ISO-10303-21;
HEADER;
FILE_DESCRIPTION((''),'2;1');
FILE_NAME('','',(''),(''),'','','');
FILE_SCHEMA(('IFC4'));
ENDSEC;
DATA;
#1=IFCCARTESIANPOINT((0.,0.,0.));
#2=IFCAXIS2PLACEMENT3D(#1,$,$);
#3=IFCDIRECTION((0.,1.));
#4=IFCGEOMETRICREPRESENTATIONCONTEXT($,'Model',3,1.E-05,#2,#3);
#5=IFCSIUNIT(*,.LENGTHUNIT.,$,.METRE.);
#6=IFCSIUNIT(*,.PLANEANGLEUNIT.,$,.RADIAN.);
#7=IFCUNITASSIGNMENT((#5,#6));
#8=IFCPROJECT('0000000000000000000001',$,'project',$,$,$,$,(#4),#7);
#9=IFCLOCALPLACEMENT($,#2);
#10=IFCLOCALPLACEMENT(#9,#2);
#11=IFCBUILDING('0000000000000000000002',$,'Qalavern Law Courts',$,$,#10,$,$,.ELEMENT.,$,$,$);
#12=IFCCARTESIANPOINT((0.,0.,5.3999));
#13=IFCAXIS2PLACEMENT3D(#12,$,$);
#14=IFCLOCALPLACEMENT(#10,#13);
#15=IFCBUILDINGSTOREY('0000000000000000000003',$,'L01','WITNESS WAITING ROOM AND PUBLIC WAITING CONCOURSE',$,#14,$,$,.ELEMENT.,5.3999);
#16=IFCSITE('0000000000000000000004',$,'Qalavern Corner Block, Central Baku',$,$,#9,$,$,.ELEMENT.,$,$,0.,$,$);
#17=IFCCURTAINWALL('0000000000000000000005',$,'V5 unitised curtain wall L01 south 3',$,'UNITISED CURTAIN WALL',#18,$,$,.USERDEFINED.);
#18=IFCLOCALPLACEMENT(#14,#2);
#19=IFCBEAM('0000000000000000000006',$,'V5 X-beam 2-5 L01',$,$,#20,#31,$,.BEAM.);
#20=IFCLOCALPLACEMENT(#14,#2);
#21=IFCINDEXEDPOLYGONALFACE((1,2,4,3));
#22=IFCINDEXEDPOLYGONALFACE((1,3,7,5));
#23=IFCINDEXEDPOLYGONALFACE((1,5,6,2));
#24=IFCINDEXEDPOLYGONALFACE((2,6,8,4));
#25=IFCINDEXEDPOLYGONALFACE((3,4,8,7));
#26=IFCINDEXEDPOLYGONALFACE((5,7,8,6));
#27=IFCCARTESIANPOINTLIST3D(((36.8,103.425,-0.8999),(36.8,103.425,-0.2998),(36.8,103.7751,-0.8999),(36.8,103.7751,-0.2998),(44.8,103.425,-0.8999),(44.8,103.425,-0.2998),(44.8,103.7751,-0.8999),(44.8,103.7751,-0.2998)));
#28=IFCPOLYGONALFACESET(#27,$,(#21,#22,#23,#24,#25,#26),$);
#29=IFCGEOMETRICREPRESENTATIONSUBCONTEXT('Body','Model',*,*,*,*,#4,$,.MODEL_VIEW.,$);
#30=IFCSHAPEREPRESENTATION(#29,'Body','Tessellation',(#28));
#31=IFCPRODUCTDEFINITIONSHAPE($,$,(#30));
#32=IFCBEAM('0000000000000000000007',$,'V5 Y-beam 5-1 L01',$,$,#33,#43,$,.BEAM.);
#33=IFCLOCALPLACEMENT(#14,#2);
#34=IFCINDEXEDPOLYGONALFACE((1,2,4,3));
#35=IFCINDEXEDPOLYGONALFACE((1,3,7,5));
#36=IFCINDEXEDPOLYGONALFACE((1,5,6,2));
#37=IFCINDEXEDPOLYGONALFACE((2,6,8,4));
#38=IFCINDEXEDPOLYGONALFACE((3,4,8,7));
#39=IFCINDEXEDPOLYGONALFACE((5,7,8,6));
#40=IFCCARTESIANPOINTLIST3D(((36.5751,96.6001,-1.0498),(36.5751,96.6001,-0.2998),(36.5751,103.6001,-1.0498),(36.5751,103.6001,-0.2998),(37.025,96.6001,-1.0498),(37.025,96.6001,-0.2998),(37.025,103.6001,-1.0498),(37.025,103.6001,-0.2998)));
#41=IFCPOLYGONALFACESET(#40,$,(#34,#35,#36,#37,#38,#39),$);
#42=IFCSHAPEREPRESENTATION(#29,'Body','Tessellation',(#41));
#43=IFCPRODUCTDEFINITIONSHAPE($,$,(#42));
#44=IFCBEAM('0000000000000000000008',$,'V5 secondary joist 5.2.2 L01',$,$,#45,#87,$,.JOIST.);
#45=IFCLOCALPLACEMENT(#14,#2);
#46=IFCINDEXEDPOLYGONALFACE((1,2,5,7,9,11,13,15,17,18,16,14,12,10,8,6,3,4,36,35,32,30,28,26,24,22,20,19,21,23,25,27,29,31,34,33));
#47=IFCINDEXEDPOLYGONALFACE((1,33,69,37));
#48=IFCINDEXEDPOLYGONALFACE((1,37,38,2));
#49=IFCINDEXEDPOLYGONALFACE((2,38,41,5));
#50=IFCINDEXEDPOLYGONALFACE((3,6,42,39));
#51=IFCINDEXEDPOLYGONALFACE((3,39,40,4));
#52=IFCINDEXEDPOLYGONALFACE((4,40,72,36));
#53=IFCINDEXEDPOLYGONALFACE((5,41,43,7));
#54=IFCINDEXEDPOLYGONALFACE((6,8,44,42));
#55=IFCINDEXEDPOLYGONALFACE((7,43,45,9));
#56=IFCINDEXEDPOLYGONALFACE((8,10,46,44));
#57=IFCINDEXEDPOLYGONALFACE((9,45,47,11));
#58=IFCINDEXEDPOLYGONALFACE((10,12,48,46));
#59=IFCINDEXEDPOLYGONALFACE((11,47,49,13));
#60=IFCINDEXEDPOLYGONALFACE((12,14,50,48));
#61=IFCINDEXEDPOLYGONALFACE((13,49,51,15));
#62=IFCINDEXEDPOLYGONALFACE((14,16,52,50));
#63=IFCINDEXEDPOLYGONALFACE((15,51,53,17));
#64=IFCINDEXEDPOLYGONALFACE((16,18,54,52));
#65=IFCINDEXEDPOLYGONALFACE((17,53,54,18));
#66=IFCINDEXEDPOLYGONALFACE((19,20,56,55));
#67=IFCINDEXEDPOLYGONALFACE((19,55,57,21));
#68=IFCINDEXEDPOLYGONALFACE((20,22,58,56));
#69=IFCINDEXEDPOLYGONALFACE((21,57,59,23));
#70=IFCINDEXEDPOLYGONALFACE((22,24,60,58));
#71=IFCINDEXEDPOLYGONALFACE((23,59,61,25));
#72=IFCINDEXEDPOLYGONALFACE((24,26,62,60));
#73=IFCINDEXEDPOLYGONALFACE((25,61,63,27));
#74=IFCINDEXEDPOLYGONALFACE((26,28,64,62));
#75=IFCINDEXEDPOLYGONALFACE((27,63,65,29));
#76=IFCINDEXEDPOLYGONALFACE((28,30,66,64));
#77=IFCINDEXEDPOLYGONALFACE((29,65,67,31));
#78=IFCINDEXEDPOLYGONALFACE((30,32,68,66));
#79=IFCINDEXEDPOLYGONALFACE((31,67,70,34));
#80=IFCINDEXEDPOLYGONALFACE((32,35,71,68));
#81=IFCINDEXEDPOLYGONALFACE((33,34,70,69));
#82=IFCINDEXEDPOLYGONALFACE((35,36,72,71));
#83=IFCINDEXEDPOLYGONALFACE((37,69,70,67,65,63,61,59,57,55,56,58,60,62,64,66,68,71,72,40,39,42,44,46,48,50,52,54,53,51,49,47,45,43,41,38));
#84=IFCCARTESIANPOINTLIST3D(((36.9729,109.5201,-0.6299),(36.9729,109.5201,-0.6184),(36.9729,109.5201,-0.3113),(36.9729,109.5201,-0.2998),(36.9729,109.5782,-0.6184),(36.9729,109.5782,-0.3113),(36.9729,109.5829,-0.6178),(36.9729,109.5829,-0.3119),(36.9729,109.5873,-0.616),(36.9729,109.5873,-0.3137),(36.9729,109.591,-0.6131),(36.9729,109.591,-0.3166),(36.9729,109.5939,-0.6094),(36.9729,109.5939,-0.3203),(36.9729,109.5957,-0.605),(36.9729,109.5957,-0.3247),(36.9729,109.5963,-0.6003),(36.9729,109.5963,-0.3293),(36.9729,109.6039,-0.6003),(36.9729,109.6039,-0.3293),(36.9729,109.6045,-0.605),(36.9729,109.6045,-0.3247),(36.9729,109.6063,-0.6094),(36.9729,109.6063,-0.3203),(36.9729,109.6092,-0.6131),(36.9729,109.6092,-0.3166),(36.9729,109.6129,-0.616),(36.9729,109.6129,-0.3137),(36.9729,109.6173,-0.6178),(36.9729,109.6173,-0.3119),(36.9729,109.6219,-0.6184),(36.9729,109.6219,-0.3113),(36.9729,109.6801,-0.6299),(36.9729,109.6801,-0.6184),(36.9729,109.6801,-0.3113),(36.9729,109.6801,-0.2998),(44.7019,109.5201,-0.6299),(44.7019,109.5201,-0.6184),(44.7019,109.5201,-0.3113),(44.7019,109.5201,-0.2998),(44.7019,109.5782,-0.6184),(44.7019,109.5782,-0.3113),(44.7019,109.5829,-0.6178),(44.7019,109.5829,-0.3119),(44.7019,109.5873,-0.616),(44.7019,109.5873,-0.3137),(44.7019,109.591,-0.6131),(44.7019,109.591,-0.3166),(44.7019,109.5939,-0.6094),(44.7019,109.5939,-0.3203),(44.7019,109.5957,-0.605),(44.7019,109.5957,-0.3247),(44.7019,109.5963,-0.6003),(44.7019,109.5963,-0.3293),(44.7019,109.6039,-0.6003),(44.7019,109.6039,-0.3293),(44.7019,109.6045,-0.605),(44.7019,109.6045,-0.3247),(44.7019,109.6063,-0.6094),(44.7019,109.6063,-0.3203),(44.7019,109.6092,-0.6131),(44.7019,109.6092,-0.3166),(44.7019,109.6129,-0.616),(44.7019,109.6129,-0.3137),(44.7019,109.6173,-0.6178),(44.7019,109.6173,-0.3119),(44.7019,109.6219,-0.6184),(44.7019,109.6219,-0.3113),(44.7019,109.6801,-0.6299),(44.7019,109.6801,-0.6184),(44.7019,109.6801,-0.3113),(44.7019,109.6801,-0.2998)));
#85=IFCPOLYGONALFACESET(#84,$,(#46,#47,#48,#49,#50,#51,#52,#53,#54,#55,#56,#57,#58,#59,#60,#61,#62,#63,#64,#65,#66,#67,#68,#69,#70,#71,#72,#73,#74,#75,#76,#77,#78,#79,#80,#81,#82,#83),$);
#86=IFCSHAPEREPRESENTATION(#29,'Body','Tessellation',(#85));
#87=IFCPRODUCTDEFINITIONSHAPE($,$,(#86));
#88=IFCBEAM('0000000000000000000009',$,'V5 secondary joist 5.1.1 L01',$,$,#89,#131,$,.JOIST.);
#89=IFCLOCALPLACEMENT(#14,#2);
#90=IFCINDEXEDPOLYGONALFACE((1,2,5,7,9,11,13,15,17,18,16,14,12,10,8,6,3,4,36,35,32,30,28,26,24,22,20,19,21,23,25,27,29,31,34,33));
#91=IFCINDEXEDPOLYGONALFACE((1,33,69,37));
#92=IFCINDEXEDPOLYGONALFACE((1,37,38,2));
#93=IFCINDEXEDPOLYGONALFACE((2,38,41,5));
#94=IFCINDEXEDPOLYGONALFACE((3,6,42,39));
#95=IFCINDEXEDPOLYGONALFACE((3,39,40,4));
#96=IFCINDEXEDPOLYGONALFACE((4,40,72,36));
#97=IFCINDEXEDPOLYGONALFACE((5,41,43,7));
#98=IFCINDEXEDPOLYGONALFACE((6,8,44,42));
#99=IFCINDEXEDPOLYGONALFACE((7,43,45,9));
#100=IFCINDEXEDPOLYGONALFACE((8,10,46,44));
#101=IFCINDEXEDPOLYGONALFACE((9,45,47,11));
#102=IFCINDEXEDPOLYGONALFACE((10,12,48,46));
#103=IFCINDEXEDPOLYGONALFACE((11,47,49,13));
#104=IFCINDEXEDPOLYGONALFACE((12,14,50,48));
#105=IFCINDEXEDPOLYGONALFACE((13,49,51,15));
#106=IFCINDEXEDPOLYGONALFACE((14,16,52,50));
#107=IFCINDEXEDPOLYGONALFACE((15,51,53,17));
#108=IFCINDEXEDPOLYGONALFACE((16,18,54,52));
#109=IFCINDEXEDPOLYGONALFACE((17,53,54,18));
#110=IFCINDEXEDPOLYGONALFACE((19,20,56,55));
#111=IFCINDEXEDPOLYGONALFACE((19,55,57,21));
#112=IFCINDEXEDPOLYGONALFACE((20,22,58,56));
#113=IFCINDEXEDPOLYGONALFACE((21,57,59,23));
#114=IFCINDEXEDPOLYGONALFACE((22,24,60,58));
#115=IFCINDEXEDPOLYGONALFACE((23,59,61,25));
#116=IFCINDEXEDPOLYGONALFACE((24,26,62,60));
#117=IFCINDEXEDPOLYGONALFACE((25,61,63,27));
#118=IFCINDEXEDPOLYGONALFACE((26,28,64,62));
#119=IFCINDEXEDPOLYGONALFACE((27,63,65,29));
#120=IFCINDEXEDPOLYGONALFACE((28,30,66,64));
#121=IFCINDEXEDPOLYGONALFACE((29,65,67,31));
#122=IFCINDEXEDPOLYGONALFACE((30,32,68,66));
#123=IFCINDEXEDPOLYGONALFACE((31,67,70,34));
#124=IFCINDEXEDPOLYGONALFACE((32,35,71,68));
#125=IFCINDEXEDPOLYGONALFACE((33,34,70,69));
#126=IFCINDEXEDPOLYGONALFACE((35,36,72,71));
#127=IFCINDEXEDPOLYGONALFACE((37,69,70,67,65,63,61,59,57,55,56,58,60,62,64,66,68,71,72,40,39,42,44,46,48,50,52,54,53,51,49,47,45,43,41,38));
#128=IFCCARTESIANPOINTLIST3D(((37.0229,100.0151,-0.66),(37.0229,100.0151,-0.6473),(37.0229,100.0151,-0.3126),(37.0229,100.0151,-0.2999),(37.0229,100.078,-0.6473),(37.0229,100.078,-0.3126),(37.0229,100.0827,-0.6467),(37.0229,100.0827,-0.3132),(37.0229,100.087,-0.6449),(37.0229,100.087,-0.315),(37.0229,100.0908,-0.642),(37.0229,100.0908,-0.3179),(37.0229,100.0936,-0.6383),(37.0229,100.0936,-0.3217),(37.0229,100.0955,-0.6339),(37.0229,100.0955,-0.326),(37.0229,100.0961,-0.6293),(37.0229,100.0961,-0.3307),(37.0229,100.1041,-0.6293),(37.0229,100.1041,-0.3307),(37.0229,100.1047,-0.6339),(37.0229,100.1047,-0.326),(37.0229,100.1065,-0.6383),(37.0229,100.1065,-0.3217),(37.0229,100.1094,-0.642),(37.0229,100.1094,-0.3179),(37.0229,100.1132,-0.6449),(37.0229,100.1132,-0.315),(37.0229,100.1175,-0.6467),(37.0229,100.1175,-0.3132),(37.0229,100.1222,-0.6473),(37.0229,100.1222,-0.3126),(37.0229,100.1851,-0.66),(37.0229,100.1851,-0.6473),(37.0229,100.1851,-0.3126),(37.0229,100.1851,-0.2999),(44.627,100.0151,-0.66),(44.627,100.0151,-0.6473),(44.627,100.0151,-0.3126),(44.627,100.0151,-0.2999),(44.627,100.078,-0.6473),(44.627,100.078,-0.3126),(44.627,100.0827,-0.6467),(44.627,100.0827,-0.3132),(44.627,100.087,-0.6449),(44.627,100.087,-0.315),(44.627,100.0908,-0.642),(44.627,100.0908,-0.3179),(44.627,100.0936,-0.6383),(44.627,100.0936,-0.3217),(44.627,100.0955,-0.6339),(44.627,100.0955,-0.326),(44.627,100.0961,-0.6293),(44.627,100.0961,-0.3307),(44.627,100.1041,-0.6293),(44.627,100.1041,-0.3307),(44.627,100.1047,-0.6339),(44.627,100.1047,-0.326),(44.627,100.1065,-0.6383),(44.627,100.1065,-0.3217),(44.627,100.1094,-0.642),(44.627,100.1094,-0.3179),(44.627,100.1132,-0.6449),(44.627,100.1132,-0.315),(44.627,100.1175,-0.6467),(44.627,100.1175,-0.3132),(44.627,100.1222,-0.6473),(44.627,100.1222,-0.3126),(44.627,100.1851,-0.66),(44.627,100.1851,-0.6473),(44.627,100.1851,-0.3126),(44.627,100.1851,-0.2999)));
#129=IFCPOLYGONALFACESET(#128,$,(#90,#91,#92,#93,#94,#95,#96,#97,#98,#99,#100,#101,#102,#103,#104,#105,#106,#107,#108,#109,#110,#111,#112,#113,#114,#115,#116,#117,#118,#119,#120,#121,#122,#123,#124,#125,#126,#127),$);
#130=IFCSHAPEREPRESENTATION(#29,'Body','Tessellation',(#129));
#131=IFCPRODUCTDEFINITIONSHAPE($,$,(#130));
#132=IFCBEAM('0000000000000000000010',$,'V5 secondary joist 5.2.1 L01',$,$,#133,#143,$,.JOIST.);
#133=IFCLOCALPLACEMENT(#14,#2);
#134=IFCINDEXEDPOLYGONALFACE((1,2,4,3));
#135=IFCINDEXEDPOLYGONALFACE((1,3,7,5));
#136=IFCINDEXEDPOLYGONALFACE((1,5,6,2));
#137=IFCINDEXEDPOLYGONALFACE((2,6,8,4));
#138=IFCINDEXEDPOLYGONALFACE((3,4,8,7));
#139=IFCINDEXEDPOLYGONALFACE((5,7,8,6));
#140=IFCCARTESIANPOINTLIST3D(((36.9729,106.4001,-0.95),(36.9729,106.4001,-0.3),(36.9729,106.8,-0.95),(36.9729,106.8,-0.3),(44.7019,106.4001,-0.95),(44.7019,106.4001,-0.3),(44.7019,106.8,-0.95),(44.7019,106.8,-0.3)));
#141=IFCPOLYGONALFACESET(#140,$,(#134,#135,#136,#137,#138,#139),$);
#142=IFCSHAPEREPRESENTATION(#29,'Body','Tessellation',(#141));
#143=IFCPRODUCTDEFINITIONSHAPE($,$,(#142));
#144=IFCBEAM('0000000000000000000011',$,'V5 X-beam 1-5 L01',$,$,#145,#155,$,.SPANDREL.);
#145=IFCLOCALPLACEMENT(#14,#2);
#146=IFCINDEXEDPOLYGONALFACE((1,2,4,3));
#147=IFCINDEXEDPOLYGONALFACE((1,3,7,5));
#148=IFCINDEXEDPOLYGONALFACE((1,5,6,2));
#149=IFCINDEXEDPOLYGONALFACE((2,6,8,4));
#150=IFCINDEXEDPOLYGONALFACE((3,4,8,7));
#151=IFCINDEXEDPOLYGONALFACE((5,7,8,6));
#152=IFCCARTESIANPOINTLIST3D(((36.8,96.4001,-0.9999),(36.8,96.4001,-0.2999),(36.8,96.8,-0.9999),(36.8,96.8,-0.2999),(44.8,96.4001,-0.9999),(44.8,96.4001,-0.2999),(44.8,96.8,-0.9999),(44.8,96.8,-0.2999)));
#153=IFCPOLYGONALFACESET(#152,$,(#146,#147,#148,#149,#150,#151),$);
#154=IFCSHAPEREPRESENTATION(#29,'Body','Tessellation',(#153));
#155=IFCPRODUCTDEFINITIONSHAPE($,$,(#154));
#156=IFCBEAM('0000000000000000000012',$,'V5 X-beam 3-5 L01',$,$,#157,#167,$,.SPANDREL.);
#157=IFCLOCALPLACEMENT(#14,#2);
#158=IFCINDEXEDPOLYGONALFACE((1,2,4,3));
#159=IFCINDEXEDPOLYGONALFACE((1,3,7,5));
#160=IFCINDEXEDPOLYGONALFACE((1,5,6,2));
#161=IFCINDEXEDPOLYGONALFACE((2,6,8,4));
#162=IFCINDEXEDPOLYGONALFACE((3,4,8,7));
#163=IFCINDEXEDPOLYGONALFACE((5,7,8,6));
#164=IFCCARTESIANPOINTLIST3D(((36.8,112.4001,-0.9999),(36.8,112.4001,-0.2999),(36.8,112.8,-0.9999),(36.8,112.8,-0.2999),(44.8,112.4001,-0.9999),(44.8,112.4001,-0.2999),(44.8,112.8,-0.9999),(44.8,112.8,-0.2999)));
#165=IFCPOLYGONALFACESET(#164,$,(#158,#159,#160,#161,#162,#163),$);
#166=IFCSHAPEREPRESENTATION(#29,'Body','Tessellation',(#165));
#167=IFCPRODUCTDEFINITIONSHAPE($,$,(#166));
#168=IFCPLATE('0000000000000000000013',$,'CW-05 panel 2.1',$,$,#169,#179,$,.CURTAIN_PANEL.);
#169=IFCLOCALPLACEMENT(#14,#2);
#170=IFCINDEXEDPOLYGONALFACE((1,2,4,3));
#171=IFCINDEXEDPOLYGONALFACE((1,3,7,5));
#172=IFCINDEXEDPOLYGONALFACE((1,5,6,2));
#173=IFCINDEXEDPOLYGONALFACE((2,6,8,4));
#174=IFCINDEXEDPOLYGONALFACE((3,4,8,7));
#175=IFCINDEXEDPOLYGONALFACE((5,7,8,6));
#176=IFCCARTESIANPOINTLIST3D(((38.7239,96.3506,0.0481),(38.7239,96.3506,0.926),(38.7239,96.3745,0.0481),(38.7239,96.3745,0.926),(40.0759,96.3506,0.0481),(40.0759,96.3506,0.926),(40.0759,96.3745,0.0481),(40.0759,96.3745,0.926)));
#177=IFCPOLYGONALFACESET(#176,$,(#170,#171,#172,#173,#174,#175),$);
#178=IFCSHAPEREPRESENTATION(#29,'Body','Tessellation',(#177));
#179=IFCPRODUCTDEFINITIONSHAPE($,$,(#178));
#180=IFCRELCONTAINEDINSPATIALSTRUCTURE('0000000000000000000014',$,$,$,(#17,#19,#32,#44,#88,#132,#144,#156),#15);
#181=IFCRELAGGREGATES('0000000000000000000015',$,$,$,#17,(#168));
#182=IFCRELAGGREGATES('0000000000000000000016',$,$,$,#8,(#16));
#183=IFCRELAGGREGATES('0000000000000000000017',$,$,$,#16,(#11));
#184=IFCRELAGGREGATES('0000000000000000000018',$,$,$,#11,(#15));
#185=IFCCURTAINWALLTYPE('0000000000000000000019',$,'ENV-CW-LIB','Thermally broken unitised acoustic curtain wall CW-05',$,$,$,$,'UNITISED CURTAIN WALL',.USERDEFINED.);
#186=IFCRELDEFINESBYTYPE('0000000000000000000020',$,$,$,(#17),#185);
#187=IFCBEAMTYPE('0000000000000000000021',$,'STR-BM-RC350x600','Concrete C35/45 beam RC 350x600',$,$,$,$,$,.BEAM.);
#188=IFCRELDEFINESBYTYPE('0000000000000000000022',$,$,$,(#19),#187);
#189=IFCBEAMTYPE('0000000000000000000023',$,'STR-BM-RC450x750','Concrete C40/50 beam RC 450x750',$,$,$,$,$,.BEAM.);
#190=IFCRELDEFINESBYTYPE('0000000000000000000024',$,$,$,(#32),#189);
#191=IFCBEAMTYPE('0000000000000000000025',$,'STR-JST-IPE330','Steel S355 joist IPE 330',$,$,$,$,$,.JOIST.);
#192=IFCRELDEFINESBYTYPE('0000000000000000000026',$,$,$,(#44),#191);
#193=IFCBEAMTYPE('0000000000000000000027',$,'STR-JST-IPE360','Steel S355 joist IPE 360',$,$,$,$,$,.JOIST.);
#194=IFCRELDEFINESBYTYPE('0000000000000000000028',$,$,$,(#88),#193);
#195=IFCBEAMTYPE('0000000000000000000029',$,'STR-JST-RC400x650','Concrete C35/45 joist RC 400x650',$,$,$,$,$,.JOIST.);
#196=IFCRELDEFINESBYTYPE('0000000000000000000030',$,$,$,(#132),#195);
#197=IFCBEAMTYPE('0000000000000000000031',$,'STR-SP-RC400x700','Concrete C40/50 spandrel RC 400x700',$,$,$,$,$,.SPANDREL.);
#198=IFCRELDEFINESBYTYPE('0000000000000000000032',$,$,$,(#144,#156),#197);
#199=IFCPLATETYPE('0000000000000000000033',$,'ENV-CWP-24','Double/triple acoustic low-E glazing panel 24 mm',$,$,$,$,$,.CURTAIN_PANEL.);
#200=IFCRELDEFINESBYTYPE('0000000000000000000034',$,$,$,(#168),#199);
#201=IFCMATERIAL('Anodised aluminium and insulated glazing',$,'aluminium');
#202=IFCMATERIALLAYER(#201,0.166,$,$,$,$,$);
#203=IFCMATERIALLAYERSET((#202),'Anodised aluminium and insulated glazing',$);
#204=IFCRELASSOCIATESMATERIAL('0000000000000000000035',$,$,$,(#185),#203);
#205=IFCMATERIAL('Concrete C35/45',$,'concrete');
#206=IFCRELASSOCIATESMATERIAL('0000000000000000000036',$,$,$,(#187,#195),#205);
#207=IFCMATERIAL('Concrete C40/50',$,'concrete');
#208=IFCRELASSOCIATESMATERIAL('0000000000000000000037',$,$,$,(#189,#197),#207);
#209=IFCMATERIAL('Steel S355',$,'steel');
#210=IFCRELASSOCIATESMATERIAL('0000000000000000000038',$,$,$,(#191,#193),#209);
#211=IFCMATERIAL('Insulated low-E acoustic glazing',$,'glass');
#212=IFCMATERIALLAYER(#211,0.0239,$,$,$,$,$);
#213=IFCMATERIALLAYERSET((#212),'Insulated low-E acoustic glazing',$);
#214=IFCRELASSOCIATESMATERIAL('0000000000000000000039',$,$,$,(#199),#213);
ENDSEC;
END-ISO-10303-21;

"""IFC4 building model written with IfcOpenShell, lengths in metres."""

from ifc_helpers import new_model, si_unit, direction, frame, origin, origin_2d, place, context, subcontext, project, spatial, rectangle, i_section, extrude, material, layer, layer_set, material_profile, profile_set, type_object, element, aggregate, save


model = new_model("IFC4")

# Units and contexts
model_context = context("Model", 3, precision=1e-05, world=origin(), true_north=direction((0.0, 1.0)))
body_context = subcontext(model_context, "Body", "Model", "MODEL_VIEW")
ifc_project = project(units=[si_unit("LENGTHUNIT", "METRE"), si_unit("PLANEANGLEUNIT", "RADIAN")], contexts=[model_context])

# Site, building, storey
site_placement = place(None, origin())
site = spatial("IfcSite", under=ifc_project, at=site_placement, Name="Qalavern Corner Block, Central Baku", CompositionType="ELEMENT", RefElevation=0.0)
building_placement = place(site_placement, origin())
building = spatial("IfcBuilding", under=site, at=building_placement, Name="Qalavern Law Courts", CompositionType="ELEMENT")
storey_placement = place(building_placement, frame((0.0, 0.0, 5.3999)))
storey = spatial("IfcBuildingStorey", under=building, at=storey_placement, Name="L01", Description="WITNESS WAITING ROOM AND PUBLIC WAITING CONCOURSE", CompositionType="ELEMENT", Elevation=5.3999)

# Curtain wall
ifc_material_1 = material(Name="Anodised aluminium and insulated glazing", Category="aluminium")
ifc_layer_1 = layer(ifc_material_1, 0.166)
ifc_layer_set_1 = layer_set([ifc_layer_1], Name="Anodised aluminium and insulated glazing")
curtain_wall_type = type_object("IfcCurtainWallType", Name="ENV-CW-LIB", Description="Thermally broken unitised acoustic curtain wall CW-05", ElementType="UNITISED CURTAIN WALL", PredefinedType="USERDEFINED", material=ifc_layer_set_1)
curtain_wall_1_placement = place(storey_placement, origin())
curtain_wall_1 = element("IfcCurtainWall", 1, at=curtain_wall_1_placement, inside=storey, type_object=curtain_wall_type, Name="V5 unitised curtain wall L01 south 3", ObjectType="UNITISED CURTAIN WALL", PredefinedType="USERDEFINED")

# Beams
ifc_material_2 = material(Name="Concrete C35/45", Category="concrete")
ifc_material_profile_1 = material_profile(ifc_material_2, rectangle(XDim=0.3501, YDim=0.6001, at=origin_2d()), Name="RC 350x600")
ifc_profile_set_1 = profile_set([ifc_material_profile_1], Name="Concrete C35/45")
beam_type_1 = type_object("IfcBeamType", Name="STR-BM-RC350x600", Description="Concrete C35/45 beam RC 350x600", PredefinedType="BEAM", material=ifc_profile_set_1)
beam_1_placement = place(storey_placement, frame((36.8, 103.6001, -0.5999), z_axis=(1.0, 0.0, 0.0), x_axis=(0.0, 1.0, 0.0)))
element("IfcBeam", 2, at=beam_1_placement, inside=storey, type_object=beam_type_1, Name="V5 X-beam 2-5 L01", PredefinedType="BEAM", context=body_context, shape_type="SweptSolid", body=[
    extrude(rectangle(XDim=0.3501, YDim=0.6001, at=origin_2d()), origin(), (0.0, 0.0, 1.0), 8.0),
])
ifc_material_3 = material(Name="Concrete C40/50", Category="concrete")
ifc_material_profile_2 = material_profile(ifc_material_3, rectangle(XDim=0.45, YDim=0.75, at=origin_2d()), Name="RC 450x750")
ifc_profile_set_2 = profile_set([ifc_material_profile_2], Name="Concrete C40/50")
beam_type_2 = type_object("IfcBeamType", Name="STR-BM-RC450x750", Description="Concrete C40/50 beam RC 450x750", PredefinedType="BEAM", material=ifc_profile_set_2)
beam_2_placement = place(storey_placement, frame((36.8, 96.6001, -0.6748), z_axis=(0.0, 1.0, 0.0), x_axis=(-1.0, 0.0, 0.0)))
element("IfcBeam", 3, at=beam_2_placement, inside=storey, type_object=beam_type_2, Name="V5 Y-beam 5-1 L01", PredefinedType="BEAM", context=body_context, shape_type="SweptSolid", body=[
    extrude(rectangle(XDim=0.45, YDim=0.75, at=origin_2d()), origin(), (0.0, 0.0, 1.0), 7.0),
])
ifc_material_4 = material(Name="Steel S355", Category="steel")
ifc_material_profile_3 = material_profile(ifc_material_4, i_section(OverallWidth=0.1599, OverallDepth=0.3301, WebThickness=0.0076, FlangeThickness=0.0115, FilletRadius=0.0181, at=origin_2d()), Name="IPE 330")
ifc_profile_set_3 = profile_set([ifc_material_profile_3], Name="Steel S355")
beam_type_3 = type_object("IfcBeamType", Name="STR-JST-IPE330", Description="Steel S355 joist IPE 330", PredefinedType="JOIST", material=ifc_profile_set_3)
beam_3_placement = place(storey_placement, frame((36.9729, 109.6001, -0.4648), z_axis=(1.0, 0.0, 0.0), x_axis=(0.0, 1.0, 0.0)))
element("IfcBeam", 4, at=beam_3_placement, inside=storey, type_object=beam_type_3, Name="V5 secondary joist 5.2.2 L01", PredefinedType="JOIST", context=body_context, shape_type="SweptSolid", body=[
    extrude(i_section(OverallWidth=0.1599, OverallDepth=0.3301, WebThickness=0.0076, FlangeThickness=0.0115, FilletRadius=0.0181, at=origin_2d()), origin(), (0.0, 0.0, 1.0), 7.729),
])
ifc_material_profile_4 = material_profile(ifc_material_4, i_section(OverallWidth=0.1699, OverallDepth=0.3601, WebThickness=0.0081, FlangeThickness=0.0127, FilletRadius=0.0181, at=origin_2d()), Name="IPE 360")
ifc_profile_set_4 = profile_set([ifc_material_profile_4], Name="Steel S355")
beam_type_4 = type_object("IfcBeamType", Name="STR-JST-IPE360", Description="Steel S355 joist IPE 360", PredefinedType="JOIST", material=ifc_profile_set_4)
beam_4_placement = place(storey_placement, frame((37.0229, 100.1001, -0.48), z_axis=(1.0, 0.0, 0.0), x_axis=(0.0, 1.0, 0.0)))
element("IfcBeam", 5, at=beam_4_placement, inside=storey, type_object=beam_type_4, Name="V5 secondary joist 5.1.1 L01", PredefinedType="JOIST", context=body_context, shape_type="SweptSolid", body=[
    extrude(i_section(OverallWidth=0.1699, OverallDepth=0.3601, WebThickness=0.0081, FlangeThickness=0.0127, FilletRadius=0.0181, at=origin_2d()), origin(), (0.0, 0.0, 1.0), 7.604),
])
ifc_material_profile_5 = material_profile(ifc_material_2, rectangle(XDim=0.3999, YDim=0.6499, at=origin_2d()), Name="RC 400x650")
ifc_profile_set_5 = profile_set([ifc_material_profile_5], Name="Concrete C35/45")
beam_type_5 = type_object("IfcBeamType", Name="STR-JST-RC400x650", Description="Concrete C35/45 joist RC 400x650", PredefinedType="JOIST", material=ifc_profile_set_5)
beam_5_placement = place(storey_placement, frame((36.9729, 106.6001, -0.625), z_axis=(1.0, 0.0, 0.0), x_axis=(0.0, 1.0, 0.0)))
element("IfcBeam", 6, at=beam_5_placement, inside=storey, type_object=beam_type_5, Name="V5 secondary joist 5.2.1 L01", PredefinedType="JOIST", context=body_context, shape_type="SweptSolid", body=[
    extrude(rectangle(XDim=0.3999, YDim=0.6499, at=origin_2d()), origin(), (0.0, 0.0, 1.0), 7.729),
])
ifc_material_profile_6 = material_profile(ifc_material_3, rectangle(XDim=0.3999, YDim=0.7, at=origin_2d()), Name="RC 400x700")
ifc_profile_set_6 = profile_set([ifc_material_profile_6], Name="Concrete C40/50")
beam_type_6 = type_object("IfcBeamType", Name="STR-SP-RC400x700", Description="Concrete C40/50 spandrel RC 400x700", PredefinedType="SPANDREL", material=ifc_profile_set_6)
for number, where, z_axis, x_axis, name in (
    (7, (36.8, 96.6001, -0.6499), (1.0, 0.0, 0.0), (0.0, 1.0, 0.0), "V5 X-beam 1-5 L01"),
    (8, (36.8, 112.6001, -0.6499), (1.0, 0.0, 0.0), (0.0, 1.0, 0.0), "V5 X-beam 3-5 L01"),
):
    element("IfcBeam", number, at=place(storey_placement, frame(where, z_axis=z_axis, x_axis=x_axis)), inside=storey, type_object=beam_type_6, Name=name, PredefinedType="SPANDREL", context=body_context, shape_type="SweptSolid", body=[
        extrude(rectangle(XDim=0.3999, YDim=0.7, at=origin_2d()), origin(), (0.0, 0.0, 1.0), 8.0),
    ])

# Plate
ifc_material_5 = material(Name="Insulated low-E acoustic glazing", Category="glass")
ifc_layer_2 = layer(ifc_material_5, 0.0239)
ifc_layer_set_2 = layer_set([ifc_layer_2], Name="Insulated low-E acoustic glazing")
plate_type_1 = type_object("IfcPlateType", Name="ENV-CWP-24", Description="Double/triple acoustic low-E glazing panel 24 mm", PredefinedType="CURTAIN_PANEL", material=ifc_layer_set_2)
plate_1_placement = place(storey_placement, frame((39.3999, 96.3625, 0.0481), z_axis=(0.0, 0.0, 1.0), x_axis=(1.0, 0.0, 0.0)))
plate_1 = element("IfcPlate", 9, at=plate_1_placement, type_object=plate_type_1, Name="CW-05 panel 2.1", PredefinedType="CURTAIN_PANEL", context=body_context, shape_type="SweptSolid", body=[
    extrude(rectangle(XDim=1.3521, YDim=0.0239, at=origin_2d()), origin(), (0.0, 0.0, 1.0), 0.8779),
])
aggregate(curtain_wall_1, [plate_1])

save(model, "model.ifc")
